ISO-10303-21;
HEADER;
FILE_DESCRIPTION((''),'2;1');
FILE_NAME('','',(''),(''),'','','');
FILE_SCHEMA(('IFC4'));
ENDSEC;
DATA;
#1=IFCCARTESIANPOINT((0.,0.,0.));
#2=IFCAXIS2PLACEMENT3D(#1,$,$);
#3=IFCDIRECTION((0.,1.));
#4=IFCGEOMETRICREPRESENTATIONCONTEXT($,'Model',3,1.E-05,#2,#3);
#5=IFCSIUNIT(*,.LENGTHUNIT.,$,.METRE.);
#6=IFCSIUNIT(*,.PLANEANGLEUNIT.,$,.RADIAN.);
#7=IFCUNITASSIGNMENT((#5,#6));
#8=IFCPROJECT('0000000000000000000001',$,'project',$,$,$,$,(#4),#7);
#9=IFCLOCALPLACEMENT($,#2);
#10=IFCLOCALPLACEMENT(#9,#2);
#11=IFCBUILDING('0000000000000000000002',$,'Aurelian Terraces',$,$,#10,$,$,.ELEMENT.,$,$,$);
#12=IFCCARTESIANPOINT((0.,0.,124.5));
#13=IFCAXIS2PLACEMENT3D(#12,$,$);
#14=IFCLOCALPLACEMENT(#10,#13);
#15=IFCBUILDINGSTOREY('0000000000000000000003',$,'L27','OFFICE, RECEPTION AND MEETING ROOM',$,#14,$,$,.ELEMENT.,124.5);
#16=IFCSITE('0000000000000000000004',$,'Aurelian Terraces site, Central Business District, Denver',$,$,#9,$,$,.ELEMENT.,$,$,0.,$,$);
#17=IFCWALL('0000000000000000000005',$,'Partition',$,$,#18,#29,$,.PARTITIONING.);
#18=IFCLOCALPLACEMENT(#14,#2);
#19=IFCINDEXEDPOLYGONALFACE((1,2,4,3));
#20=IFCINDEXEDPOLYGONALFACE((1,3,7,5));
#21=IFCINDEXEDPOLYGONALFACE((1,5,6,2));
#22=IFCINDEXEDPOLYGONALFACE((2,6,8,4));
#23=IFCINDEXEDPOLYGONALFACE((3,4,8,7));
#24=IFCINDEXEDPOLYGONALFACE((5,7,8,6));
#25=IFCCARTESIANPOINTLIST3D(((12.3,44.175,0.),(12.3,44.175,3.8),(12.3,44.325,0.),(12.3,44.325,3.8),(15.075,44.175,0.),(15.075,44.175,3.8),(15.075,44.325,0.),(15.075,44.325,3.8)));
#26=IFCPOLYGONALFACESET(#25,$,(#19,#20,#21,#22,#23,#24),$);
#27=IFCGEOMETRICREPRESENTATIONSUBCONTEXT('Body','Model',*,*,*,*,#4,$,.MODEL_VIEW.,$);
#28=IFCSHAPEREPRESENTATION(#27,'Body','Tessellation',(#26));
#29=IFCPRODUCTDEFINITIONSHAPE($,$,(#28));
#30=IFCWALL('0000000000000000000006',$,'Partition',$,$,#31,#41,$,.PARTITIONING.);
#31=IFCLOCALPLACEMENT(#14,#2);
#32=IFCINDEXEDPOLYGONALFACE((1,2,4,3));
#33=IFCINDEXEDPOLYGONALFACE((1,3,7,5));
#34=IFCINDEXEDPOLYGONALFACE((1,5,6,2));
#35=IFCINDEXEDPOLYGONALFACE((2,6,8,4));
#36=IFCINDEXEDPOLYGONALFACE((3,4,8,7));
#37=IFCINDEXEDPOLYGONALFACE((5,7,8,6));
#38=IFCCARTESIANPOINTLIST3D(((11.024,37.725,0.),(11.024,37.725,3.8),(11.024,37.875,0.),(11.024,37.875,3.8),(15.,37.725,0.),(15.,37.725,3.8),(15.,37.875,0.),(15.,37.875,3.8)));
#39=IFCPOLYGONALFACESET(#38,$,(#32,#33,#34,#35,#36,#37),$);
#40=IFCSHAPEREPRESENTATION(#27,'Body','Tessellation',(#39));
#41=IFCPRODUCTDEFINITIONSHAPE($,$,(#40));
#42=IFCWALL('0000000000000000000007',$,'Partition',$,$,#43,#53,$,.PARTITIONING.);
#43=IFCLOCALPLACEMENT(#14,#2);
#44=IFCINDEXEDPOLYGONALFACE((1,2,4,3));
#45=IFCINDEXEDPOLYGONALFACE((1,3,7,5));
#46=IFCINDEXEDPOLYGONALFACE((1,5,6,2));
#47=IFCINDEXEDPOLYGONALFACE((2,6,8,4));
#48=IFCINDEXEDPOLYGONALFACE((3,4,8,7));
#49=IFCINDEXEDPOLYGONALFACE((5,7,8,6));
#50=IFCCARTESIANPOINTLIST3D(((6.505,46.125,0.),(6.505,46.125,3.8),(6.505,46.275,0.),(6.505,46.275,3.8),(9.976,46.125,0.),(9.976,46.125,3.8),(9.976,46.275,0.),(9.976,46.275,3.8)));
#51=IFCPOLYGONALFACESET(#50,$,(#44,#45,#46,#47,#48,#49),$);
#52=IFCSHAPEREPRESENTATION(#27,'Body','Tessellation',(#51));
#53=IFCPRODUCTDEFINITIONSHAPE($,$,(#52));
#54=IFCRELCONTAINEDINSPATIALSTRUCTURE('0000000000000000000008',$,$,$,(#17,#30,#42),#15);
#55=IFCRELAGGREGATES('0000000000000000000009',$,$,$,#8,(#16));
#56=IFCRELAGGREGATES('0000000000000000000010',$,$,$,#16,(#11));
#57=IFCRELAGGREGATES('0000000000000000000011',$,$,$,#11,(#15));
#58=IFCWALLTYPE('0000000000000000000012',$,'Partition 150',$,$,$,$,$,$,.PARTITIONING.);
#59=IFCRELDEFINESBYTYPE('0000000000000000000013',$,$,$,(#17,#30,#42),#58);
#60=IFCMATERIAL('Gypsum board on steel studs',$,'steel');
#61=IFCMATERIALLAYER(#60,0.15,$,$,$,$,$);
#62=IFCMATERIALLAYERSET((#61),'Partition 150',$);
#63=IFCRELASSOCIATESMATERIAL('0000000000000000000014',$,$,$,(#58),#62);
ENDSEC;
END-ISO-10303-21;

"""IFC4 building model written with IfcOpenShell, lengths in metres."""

from ifc_helpers import new_model, si_unit, direction, frame, frame_2d, origin, place, context, subcontext, project, spatial, rectangle, extrude, source, transform, mapped, material, layer, layer_set, type_object, element, save


model = new_model("IFC4")

# Units and contexts
model_context = context("Model", 3, precision=1e-05, world=origin(), true_north=direction((0.0, 1.0)))
body_context = subcontext(model_context, "Body", "Model", "MODEL_VIEW")
ifc_project = project(units=[si_unit("LENGTHUNIT", "METRE"), si_unit("PLANEANGLEUNIT", "RADIAN")], contexts=[model_context])

# Site, building, storey
site_placement = place(None, origin())
site = spatial("IfcSite", under=ifc_project, at=site_placement, Name="Aurelian Terraces site, Central Business District, Denver", CompositionType="ELEMENT", RefElevation=0.0)
building_placement = place(site_placement, origin())
building = spatial("IfcBuilding", under=site, at=building_placement, Name="Aurelian Terraces", CompositionType="ELEMENT")
storey_placement = place(building_placement, frame((0.0, 0.0, 124.5)))
storey = spatial("IfcBuildingStorey", under=building, at=storey_placement, Name="L27", Description="OFFICE, RECEPTION AND MEETING ROOM", CompositionType="ELEMENT", Elevation=124.5)

# Shared definitions
ifc_material_1 = material(Name="Gypsum board on steel studs", Category="steel")

# Shared definitions
ifc_layer_1 = layer(ifc_material_1, 0.15)
ifc_layer_set_1 = layer_set([ifc_layer_1], Name="Partition 150")
wall_type_1 = type_object("IfcWallType", Name="Partition 150", PredefinedType="PARTITIONING", material=ifc_layer_set_1)

# Walls
shared_shape_1 = source(origin(), body_context, "Body", "SweptSolid", [
    extrude(rectangle(XDim=2.775, YDim=0.15, at=frame_2d((1.3875, 0.0))), origin(), (0.0, 0.0, 1.0), 3.8),
])
wall_1_placement = place(storey_placement, frame((15.075, 44.25, 0.0), z_axis=(0.0, 0.0, 1.0), x_axis=(-1.0, 0.0, 0.0)))
element("IfcWall", 1, at=wall_1_placement, inside=storey, type_object=wall_type_1, Name="Partition", PredefinedType="PARTITIONING", context=body_context, shape_type="MappedRepresentation", body=[
    mapped(shared_shape_1, transform((0.0, 0.0, 0.0), scale=1.0)),
])
shared_shape_2 = source(origin(), body_context, "Body", "SweptSolid", [
    extrude(rectangle(XDim=3.976, YDim=0.15, at=frame_2d((1.988, 0.0))), origin(), (0.0, 0.0, 1.0), 3.8),
])
wall_2_placement = place(storey_placement, frame((15.0, 37.8, 0.0), z_axis=(0.0, 0.0, 1.0), x_axis=(-1.0, 0.0, 0.0)))
element("IfcWall", 2, at=wall_2_placement, inside=storey, type_object=wall_type_1, Name="Partition", PredefinedType="PARTITIONING", context=body_context, shape_type="MappedRepresentation", body=[
    mapped(shared_shape_2, transform((0.0, 0.0, 0.0), scale=1.0)),
])
shared_shape_3 = source(origin(), body_context, "Body", "SweptSolid", [
    extrude(rectangle(XDim=3.471, YDim=0.15, at=frame_2d((1.7355, 0.0))), origin(), (0.0, 0.0, 1.0), 3.8),
])
wall_3_placement = place(storey_placement, frame((9.976, 46.2, 0.0), z_axis=(0.0, 0.0, 1.0), x_axis=(-1.0, 0.0, 0.0)))
element("IfcWall", 3, at=wall_3_placement, inside=storey, type_object=wall_type_1, Name="Partition", PredefinedType="PARTITIONING", context=body_context, shape_type="MappedRepresentation", body=[
    mapped(shared_shape_3, transform((0.0, 0.0, 0.0), scale=1.0)),
])

save(model, "model.ifc")
